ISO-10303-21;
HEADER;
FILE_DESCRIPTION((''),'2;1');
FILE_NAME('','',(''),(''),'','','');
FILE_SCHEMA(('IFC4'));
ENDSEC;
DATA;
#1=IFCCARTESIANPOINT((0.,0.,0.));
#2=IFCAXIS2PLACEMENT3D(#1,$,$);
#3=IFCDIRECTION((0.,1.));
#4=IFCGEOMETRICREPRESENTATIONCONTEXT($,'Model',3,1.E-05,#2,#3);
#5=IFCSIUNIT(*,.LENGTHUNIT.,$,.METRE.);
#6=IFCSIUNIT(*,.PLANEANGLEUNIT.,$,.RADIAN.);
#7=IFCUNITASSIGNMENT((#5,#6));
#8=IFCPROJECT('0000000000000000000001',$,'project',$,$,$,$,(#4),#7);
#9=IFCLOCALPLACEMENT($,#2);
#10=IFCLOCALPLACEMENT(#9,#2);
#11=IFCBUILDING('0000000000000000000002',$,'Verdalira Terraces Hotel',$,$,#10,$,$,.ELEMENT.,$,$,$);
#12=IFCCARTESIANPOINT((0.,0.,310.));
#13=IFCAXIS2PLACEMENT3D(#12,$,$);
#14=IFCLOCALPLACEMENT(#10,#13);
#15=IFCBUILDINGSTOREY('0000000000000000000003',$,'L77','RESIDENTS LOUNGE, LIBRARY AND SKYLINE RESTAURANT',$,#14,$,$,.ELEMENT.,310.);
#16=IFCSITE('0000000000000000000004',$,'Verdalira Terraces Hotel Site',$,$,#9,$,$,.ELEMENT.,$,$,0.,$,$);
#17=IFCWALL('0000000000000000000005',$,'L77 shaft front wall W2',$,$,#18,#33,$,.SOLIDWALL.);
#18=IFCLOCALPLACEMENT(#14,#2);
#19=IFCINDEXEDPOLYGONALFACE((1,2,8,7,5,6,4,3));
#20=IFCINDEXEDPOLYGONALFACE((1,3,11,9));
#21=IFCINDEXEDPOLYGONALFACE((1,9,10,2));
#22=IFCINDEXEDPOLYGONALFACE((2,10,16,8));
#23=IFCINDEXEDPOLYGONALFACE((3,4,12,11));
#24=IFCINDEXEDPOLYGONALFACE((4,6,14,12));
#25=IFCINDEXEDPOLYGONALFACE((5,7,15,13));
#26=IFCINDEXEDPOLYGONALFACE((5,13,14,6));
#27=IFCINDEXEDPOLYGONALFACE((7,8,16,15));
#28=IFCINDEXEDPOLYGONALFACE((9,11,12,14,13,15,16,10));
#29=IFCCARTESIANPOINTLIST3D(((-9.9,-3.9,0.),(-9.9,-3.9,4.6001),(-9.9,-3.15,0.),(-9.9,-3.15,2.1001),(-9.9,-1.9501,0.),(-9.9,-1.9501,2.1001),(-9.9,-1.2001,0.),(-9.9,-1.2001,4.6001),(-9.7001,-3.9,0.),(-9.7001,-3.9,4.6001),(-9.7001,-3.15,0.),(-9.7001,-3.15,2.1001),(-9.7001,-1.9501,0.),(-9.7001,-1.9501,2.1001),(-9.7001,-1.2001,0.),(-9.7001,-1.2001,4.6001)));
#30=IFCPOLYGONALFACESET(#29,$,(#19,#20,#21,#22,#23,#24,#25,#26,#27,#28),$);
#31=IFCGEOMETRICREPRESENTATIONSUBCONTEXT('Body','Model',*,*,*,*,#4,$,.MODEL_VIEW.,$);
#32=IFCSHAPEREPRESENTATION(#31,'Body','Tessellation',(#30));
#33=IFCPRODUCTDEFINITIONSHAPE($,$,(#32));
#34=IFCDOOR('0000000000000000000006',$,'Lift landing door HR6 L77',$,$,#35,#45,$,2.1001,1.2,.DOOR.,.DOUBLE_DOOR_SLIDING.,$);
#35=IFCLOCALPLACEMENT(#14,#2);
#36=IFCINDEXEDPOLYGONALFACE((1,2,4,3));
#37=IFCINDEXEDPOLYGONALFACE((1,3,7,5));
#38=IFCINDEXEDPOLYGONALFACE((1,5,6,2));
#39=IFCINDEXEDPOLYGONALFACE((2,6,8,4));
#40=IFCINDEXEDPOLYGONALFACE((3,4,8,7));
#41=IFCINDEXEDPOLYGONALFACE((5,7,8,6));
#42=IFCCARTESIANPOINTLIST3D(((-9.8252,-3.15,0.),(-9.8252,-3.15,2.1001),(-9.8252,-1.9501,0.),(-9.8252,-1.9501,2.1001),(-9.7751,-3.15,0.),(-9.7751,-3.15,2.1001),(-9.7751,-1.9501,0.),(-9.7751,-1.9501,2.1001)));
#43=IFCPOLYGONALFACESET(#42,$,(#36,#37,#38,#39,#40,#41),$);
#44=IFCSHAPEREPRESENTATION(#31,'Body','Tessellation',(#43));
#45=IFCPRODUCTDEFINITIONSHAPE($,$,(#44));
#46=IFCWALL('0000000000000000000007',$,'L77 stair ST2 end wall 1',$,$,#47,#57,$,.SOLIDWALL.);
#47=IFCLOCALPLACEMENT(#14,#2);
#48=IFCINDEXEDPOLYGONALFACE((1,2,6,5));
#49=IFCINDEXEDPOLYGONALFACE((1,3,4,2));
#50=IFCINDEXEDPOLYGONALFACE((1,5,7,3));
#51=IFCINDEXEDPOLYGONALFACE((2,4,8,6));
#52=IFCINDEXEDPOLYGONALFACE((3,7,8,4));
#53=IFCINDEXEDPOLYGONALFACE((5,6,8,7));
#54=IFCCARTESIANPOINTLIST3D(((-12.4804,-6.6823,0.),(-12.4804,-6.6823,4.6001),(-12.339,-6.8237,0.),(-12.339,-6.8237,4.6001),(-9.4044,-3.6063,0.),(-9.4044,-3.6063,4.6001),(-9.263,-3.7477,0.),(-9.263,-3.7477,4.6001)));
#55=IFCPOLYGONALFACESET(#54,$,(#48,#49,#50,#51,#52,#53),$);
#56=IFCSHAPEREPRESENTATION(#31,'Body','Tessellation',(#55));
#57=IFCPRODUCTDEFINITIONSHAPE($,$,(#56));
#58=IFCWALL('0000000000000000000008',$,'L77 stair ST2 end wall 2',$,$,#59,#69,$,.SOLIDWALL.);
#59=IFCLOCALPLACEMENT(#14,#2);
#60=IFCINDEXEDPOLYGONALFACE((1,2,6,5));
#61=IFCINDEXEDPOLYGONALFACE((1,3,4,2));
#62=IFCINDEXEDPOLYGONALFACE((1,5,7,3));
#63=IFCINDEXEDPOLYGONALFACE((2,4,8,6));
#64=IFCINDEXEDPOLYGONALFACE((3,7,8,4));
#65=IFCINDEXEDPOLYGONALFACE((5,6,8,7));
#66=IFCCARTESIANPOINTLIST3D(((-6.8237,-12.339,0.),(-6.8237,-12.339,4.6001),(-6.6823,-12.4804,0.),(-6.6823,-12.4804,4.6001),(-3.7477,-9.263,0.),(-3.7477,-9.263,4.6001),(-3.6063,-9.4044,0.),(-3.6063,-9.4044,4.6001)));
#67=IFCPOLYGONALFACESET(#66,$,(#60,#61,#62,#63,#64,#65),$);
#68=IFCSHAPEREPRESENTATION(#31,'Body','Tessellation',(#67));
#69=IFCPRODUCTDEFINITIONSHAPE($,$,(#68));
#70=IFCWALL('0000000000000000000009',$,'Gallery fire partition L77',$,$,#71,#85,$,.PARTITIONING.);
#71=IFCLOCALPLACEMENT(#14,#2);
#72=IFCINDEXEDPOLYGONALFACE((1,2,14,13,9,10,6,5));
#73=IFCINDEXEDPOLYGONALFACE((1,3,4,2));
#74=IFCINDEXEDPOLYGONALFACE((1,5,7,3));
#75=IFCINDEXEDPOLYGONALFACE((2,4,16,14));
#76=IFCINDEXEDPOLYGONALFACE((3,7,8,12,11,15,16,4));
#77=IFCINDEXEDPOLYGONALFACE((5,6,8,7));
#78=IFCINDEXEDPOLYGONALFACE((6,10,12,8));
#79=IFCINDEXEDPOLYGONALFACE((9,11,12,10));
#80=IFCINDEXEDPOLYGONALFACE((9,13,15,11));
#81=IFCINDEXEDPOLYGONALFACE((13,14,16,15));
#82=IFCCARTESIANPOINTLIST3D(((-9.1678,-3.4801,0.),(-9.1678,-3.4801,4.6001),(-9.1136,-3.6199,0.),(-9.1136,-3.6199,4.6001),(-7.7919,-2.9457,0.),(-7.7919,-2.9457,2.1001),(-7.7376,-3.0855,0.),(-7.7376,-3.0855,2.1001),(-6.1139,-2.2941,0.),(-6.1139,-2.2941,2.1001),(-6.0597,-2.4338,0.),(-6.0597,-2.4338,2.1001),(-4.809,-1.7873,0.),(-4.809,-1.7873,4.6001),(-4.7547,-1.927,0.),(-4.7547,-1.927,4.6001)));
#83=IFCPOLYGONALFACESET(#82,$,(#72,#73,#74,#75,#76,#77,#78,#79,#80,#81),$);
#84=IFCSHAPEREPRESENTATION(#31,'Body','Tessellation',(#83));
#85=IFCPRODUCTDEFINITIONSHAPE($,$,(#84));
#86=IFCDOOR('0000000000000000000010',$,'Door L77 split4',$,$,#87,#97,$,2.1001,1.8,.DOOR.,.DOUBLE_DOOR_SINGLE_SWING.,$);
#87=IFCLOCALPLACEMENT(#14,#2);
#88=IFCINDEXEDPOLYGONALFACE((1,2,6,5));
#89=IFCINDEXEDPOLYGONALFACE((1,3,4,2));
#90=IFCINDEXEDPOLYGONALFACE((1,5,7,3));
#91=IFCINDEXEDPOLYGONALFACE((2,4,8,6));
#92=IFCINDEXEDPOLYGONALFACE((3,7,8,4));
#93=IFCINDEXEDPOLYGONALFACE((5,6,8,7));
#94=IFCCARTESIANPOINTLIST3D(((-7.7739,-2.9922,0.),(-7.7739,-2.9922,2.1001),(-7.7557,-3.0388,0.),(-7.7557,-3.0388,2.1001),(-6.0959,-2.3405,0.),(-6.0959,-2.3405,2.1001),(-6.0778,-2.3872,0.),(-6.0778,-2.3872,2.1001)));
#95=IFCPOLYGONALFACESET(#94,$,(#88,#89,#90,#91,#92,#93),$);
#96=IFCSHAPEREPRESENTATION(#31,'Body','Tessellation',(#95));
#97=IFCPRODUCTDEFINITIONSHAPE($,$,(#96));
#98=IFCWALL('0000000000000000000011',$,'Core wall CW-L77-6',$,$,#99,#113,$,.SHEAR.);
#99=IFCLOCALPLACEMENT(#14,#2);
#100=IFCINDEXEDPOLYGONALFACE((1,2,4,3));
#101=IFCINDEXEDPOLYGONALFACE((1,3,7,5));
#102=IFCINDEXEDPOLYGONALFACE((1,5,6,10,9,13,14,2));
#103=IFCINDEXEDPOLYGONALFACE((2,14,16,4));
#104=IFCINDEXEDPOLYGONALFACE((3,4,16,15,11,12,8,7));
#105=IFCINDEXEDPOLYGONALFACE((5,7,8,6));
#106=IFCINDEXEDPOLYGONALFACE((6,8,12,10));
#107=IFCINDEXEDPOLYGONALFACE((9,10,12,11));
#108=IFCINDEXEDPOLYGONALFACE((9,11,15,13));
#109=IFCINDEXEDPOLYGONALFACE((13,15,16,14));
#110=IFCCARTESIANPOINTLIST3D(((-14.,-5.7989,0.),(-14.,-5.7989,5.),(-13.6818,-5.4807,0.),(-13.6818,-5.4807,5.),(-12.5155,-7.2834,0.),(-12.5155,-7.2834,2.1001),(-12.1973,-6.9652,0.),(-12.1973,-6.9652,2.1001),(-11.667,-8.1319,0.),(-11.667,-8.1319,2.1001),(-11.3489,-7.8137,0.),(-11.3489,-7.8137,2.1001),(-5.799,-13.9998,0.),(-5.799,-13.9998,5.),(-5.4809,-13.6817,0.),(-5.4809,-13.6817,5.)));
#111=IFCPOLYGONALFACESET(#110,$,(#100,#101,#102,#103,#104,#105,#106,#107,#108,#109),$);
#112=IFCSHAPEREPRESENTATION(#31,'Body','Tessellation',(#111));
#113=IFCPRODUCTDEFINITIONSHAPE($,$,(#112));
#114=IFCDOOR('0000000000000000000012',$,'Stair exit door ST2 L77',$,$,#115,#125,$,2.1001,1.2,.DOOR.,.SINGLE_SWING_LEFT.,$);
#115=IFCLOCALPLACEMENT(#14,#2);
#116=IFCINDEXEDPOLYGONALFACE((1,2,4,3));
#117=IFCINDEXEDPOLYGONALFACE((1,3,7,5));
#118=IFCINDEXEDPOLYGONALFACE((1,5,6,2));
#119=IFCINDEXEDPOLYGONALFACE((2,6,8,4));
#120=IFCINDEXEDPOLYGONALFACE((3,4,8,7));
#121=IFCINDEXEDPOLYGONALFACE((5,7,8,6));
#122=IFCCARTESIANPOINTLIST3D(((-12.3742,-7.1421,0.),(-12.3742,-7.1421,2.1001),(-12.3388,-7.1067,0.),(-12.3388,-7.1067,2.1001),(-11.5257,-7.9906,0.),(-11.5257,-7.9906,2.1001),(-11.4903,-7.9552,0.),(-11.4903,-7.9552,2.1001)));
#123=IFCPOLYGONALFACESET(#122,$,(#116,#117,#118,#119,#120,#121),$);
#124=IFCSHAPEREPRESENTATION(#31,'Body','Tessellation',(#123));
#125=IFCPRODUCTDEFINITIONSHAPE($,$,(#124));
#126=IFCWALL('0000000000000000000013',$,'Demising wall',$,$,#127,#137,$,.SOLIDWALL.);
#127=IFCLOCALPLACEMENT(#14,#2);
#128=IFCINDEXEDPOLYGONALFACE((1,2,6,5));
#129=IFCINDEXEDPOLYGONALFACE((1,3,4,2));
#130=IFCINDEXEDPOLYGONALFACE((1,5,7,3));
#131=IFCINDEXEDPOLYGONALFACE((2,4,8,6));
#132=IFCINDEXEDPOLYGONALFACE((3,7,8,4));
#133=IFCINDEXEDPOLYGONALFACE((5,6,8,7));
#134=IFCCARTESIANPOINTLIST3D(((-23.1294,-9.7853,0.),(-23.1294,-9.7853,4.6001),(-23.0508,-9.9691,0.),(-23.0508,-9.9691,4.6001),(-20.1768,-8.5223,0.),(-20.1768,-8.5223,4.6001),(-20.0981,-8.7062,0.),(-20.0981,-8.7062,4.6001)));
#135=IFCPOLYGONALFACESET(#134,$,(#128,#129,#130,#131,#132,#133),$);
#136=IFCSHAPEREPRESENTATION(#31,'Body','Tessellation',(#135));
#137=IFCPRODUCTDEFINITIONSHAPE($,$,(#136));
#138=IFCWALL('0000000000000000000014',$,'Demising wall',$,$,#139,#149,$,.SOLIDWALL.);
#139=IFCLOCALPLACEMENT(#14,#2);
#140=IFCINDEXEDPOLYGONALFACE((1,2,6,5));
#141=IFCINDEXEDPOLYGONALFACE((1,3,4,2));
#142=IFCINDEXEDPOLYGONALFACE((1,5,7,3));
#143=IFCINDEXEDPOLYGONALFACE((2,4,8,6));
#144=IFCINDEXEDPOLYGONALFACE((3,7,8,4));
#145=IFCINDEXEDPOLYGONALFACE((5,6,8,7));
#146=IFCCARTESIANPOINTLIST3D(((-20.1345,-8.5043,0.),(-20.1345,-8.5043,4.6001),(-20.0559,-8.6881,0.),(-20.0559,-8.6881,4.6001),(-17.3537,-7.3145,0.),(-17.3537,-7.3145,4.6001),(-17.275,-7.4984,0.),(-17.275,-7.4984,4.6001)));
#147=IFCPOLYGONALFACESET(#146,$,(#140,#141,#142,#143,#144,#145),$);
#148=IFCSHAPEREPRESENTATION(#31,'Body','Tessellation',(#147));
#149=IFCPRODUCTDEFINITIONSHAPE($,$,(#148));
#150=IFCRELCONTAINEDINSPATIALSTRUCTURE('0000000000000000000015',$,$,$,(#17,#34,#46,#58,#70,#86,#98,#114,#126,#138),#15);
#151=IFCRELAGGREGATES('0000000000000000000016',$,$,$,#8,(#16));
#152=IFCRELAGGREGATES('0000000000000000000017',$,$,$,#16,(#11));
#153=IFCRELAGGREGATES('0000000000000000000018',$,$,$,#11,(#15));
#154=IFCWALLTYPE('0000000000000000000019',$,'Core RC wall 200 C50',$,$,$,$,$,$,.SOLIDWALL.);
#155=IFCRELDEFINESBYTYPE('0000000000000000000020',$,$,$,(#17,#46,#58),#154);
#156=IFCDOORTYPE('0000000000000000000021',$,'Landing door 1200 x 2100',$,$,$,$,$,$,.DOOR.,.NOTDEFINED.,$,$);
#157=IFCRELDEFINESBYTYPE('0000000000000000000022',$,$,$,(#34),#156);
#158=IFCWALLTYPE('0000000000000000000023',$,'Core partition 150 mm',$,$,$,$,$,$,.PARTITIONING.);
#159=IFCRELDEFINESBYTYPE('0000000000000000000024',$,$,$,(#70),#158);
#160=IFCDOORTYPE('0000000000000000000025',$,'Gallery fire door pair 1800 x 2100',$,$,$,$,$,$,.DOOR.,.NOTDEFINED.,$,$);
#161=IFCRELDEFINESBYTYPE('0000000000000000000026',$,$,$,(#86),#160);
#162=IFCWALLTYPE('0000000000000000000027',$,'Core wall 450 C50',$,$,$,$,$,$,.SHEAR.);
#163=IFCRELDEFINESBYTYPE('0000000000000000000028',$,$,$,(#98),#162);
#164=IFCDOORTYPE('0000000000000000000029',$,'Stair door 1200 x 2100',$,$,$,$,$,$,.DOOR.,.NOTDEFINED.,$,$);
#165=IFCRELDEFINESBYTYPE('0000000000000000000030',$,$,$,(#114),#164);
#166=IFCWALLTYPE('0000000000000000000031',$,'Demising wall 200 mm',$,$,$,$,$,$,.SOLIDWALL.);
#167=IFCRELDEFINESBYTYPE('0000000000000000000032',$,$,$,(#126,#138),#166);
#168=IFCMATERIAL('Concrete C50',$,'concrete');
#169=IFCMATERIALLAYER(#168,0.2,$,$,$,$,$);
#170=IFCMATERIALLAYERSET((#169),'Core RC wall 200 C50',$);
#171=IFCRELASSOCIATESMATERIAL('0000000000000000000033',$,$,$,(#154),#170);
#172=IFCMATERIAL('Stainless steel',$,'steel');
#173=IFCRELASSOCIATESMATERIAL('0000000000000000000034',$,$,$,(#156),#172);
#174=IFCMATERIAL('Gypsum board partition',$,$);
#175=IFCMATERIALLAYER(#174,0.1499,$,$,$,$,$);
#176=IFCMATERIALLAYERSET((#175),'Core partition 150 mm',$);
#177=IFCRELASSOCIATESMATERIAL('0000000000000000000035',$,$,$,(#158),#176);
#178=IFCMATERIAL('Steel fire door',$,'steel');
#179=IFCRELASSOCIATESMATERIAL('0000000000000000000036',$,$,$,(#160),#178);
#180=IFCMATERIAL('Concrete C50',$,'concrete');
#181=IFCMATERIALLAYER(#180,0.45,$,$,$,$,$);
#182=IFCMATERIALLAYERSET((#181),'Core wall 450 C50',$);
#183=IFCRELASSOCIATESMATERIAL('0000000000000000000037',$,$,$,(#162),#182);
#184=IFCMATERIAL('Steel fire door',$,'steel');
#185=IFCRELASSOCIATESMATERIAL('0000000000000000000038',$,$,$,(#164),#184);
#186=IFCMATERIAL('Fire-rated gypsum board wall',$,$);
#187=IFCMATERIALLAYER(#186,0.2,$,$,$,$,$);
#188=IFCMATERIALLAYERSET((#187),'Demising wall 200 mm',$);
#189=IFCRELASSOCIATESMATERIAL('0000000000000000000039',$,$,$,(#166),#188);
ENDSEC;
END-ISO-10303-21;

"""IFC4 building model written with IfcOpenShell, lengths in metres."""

from ifc_helpers import new_model, si_unit, direction, frame, frame_2d, origin, place, context, subcontext, project, spatial, rectangle, extrude, material, layer, layer_set, type_object, element, fill, save


model = new_model("IFC4")

# Units and contexts
model_context = context("Model", 3, precision=1e-05, world=origin(), true_north=direction((0.0, 1.0)))
body_context = subcontext(model_context, "Body", "Model", "MODEL_VIEW")
ifc_project = project(units=[si_unit("LENGTHUNIT", "METRE"), si_unit("PLANEANGLEUNIT", "RADIAN")], contexts=[model_context])

# Site, building, storey
site_placement = place(None, origin())
site = spatial("IfcSite", under=ifc_project, at=site_placement, Name="Verdalira Terraces Hotel Site", CompositionType="ELEMENT", RefElevation=0.0)
building_placement = place(site_placement, origin())
building = spatial("IfcBuilding", under=site, at=building_placement, Name="Verdalira Terraces Hotel", CompositionType="ELEMENT")
storey_placement = place(building_placement, frame((0.0, 0.0, 310.0)))
storey = spatial("IfcBuildingStorey", under=building, at=storey_placement, Name="L77", Description="RESIDENTS LOUNGE, LIBRARY AND SKYLINE RESTAURANT", CompositionType="ELEMENT", Elevation=310.0)

# Wall, opening, door
ifc_material_1 = material(Name="Concrete C50", Category="concrete")
ifc_layer_1 = layer(ifc_material_1, 0.2)
ifc_layer_set_1 = layer_set([ifc_layer_1], Name="Core RC wall 200 C50")
wall_type_1 = type_object("IfcWallType", Name="Core RC wall 200 C50", PredefinedType="SOLIDWALL", material=ifc_layer_set_1)
wall_1_placement = place(storey_placement, frame((-9.8, -1.2, 0.0), z_axis=(0.0, 0.0, 1.0), x_axis=(0.0, -1.0, 0.0)))
wall_1 = element("IfcWall", 1, at=wall_1_placement, inside=storey, type_object=wall_type_1, Name="L77 shaft front wall W2", PredefinedType="SOLIDWALL", context=body_context, shape_type="SweptSolid", body=[
    extrude(rectangle(XDim=2.7, YDim=0.2, at=frame_2d((1.3501, 0.0))), origin(), (0.0, 0.0, 1.0), 4.6001),
])
opening_1_placement = place(wall_1_placement, frame((0.75, 0.0, 0.0)))
opening_1 = element("IfcOpeningElement", 2, at=opening_1_placement, cuts=wall_1, PredefinedType="OPENING", context=body_context, shape_type="SweptSolid", body=[
    extrude(rectangle(XDim=1.2, YDim=2.1001, at=frame_2d((0.6001, 1.05))), frame((0.0, 0.1099, 0.0), z_axis=(0.0, -1.0, 0.0), x_axis=(1.0, 0.0, 0.0)), (0.0, 0.0, 1.0), 0.22),
])
ifc_material_2 = material(Name="Stainless steel", Category="steel")
door_type_1 = type_object("IfcDoorType", Name="Landing door 1200 x 2100", OperationType="NOTDEFINED", PredefinedType="DOOR", material=ifc_material_2)
door_1_placement = place(opening_1_placement, origin())
door_1 = element("IfcDoor", 3, at=door_1_placement, inside=storey, type_object=door_type_1, Name="Lift landing door HR6 L77", OperationType="DOUBLE_DOOR_SLIDING", OverallHeight=2.1001, OverallWidth=1.2, PredefinedType="DOOR", context=body_context, shape_type="SweptSolid", body=[
    extrude(rectangle(XDim=1.2, YDim=2.1001, at=frame_2d((0.6001, 1.05))), frame((0.0, 0.0249, 0.0), z_axis=(0.0, -1.0, 0.0), x_axis=(1.0, 0.0, 0.0)), (0.0, 0.0, 1.0), 0.05),
])
fill(opening_1, door_1)

# Walls
for number, where, z_axis, x_axis, name in (
    (4, (-9.3337, -3.677, 0.0), (0.0, 0.0, 1.0), (-0.707107, -0.707107, 0.0), "L77 stair ST2 end wall 1"),
    (5, (-3.677, -9.3337, 0.0), (0.0, 0.0, 1.0), (-0.707107, -0.707107, 0.0), "L77 stair ST2 end wall 2"),
):
    element("IfcWall", number, at=place(storey_placement, frame(where, z_axis=z_axis, x_axis=x_axis)), inside=storey, type_object=wall_type_1, Name=name, PredefinedType="SOLIDWALL", context=body_context, shape_type="SweptSolid", body=[
        extrude(rectangle(XDim=4.3501, YDim=0.2, at=frame_2d((2.175, 0.0))), origin(), (0.0, 0.0, 1.0), 4.6001),
    ])

# Walls, openings, doors
ifc_material_3 = material(Name="Gypsum board partition")
ifc_layer_2 = layer(ifc_material_3, 0.1499)
ifc_layer_set_2 = layer_set([ifc_layer_2], Name="Core partition 150 mm")
wall_type_2 = type_object("IfcWallType", Name="Core partition 150 mm", PredefinedType="PARTITIONING", material=ifc_layer_set_2)
wall_2_placement = place(storey_placement, frame((-4.782, -1.8572, 0.0), z_axis=(0.0, 0.0, 1.0), x_axis=(-0.932167, -0.362028, 0.0)))
wall_2 = element("IfcWall", 6, at=wall_2_placement, inside=storey, type_object=wall_type_2, Name="Gallery fire partition L77", PredefinedType="PARTITIONING", context=body_context, shape_type="SweptSolid", body=[
    extrude(rectangle(XDim=4.676, YDim=0.1499, at=frame_2d((2.3379, 0.0))), origin(), (0.0, 0.0, 1.0), 4.6001),
])
opening_2_placement = place(wall_2_placement, frame((1.3999, 0.0, 0.0)))
opening_2 = element("IfcOpeningElement", 7, at=opening_2_placement, cuts=wall_2, PredefinedType="OPENING", context=body_context, shape_type="SweptSolid", body=[
    extrude(rectangle(XDim=1.8, YDim=2.1001, at=frame_2d((0.8999, 1.05))), frame((0.0, 0.085, 0.0), z_axis=(0.0, -1.0, 0.0), x_axis=(1.0, 0.0, 0.0)), (0.0, 0.0, 1.0), 0.1699),
])
ifc_material_4 = material(Name="Steel fire door", Category="steel")
door_type_2 = type_object("IfcDoorType", Name="Gallery fire door pair 1800 x 2100", OperationType="NOTDEFINED", PredefinedType="DOOR", material=ifc_material_4)
door_2_placement = place(opening_2_placement, origin())
door_2 = element("IfcDoor", 8, at=door_2_placement, inside=storey, type_object=door_type_2, Name="Door L77 split4", OperationType="DOUBLE_DOOR_SINGLE_SWING", OverallHeight=2.1001, OverallWidth=1.8, PredefinedType="DOOR", context=body_context, shape_type="SweptSolid", body=[
    extrude(rectangle(XDim=1.8, YDim=2.1001, at=frame_2d((0.8999, 1.05))), frame((0.0, 0.0249, 0.0), z_axis=(0.0, -1.0, 0.0), x_axis=(1.0, 0.0, 0.0)), (0.0, 0.0, 1.0), 0.05),
])
fill(opening_2, door_2)
ifc_material_5 = material(Name="Concrete C50", Category="concrete")
ifc_layer_3 = layer(ifc_material_5, 0.45)
ifc_layer_set_3 = layer_set([ifc_layer_3], Name="Core wall 450 C50")
wall_type_3 = type_object("IfcWallType", Name="Core wall 450 C50", PredefinedType="SHEAR", material=ifc_layer_set_3)
wall_3_placement = place(storey_placement, frame((-13.8408, -5.6399, 0.0), z_axis=(0.0, 0.0, 1.0), x_axis=(0.707107, -0.707107, 0.0)))
wall_3 = element("IfcWall", 9, at=wall_3_placement, inside=storey, type_object=wall_type_3, Name="Core wall CW-L77-6", PredefinedType="SHEAR", context=body_context, shape_type="SweptSolid", body=[
    extrude(rectangle(XDim=11.5979, YDim=0.45, at=frame_2d((5.7988, 0.0))), origin(), (0.0, 0.0, 1.0), 5.0),
])
opening_3_placement = place(wall_3_placement, frame((2.0991, 0.0, 0.0)))
opening_3 = element("IfcOpeningElement", 10, at=opening_3_placement, cuts=wall_3, PredefinedType="OPENING", context=body_context, shape_type="SweptSolid", body=[
    extrude(rectangle(XDim=1.2, YDim=2.1001, at=frame_2d((0.6001, 1.05))), frame((0.0, 0.2349, 0.0), z_axis=(0.0, -1.0, 0.0), x_axis=(1.0, 0.0, 0.0)), (0.0, 0.0, 1.0), 0.47),
])
ifc_material_6 = material(Name="Steel fire door", Category="steel")
door_type_3 = type_object("IfcDoorType", Name="Stair door 1200 x 2100", OperationType="NOTDEFINED", PredefinedType="DOOR", material=ifc_material_6)
door_3_placement = place(opening_3_placement, origin())
door_3 = element("IfcDoor", 11, at=door_3_placement, inside=storey, type_object=door_type_3, Name="Stair exit door ST2 L77", OperationType="SINGLE_SWING_LEFT", OverallHeight=2.1001, OverallWidth=1.2, PredefinedType="DOOR", context=body_context, shape_type="SweptSolid", body=[
    extrude(rectangle(XDim=1.2, YDim=2.1001, at=frame_2d((0.6001, 1.05))), frame((0.0, 0.0249, 0.0), z_axis=(0.0, -1.0, 0.0), x_axis=(1.0, 0.0, 0.0)), (0.0, 0.0, 1.0), 0.05),
])
fill(opening_3, door_3)

# Walls
ifc_material_7 = material(Name="Fire-rated gypsum board wall")
ifc_layer_4 = layer(ifc_material_7, 0.2)
ifc_layer_set_4 = layer_set([ifc_layer_4], Name="Demising wall 200 mm")
wall_type_4 = type_object("IfcWallType", Name="Demising wall 200 mm", PredefinedType="SOLIDWALL", material=ifc_layer_set_4)
wall_4_placement = place(storey_placement, frame((-20.1375, -8.6143, 0.0), z_axis=(0.0, 0.0, 1.0), x_axis=(-0.919424, -0.393268, 0.0)))
element("IfcWall", 12, at=wall_4_placement, inside=storey, type_object=wall_type_4, Name="Demising wall", PredefinedType="SOLIDWALL", context=body_context, shape_type="SweptSolid", body=[
    extrude(rectangle(XDim=3.2114, YDim=0.2, at=frame_2d((1.6057, 0.0))), origin(), (0.0, 0.0, 1.0), 4.6001),
])
wall_5_placement = place(storey_placement, frame((-17.3145, -7.4065, 0.0), z_axis=(0.0, 0.0, 1.0), x_axis=(-0.919391, -0.393344, 0.0)))
element("IfcWall", 13, at=wall_5_placement, inside=storey, type_object=wall_type_4, Name="Demising wall", PredefinedType="SOLIDWALL", context=body_context, shape_type="SweptSolid", body=[
    extrude(rectangle(XDim=3.0247, YDim=0.2, at=frame_2d((1.5122, 0.0))), origin(), (0.0, 0.0, 1.0), 4.6001),
])

save(model, "model.ifc")
